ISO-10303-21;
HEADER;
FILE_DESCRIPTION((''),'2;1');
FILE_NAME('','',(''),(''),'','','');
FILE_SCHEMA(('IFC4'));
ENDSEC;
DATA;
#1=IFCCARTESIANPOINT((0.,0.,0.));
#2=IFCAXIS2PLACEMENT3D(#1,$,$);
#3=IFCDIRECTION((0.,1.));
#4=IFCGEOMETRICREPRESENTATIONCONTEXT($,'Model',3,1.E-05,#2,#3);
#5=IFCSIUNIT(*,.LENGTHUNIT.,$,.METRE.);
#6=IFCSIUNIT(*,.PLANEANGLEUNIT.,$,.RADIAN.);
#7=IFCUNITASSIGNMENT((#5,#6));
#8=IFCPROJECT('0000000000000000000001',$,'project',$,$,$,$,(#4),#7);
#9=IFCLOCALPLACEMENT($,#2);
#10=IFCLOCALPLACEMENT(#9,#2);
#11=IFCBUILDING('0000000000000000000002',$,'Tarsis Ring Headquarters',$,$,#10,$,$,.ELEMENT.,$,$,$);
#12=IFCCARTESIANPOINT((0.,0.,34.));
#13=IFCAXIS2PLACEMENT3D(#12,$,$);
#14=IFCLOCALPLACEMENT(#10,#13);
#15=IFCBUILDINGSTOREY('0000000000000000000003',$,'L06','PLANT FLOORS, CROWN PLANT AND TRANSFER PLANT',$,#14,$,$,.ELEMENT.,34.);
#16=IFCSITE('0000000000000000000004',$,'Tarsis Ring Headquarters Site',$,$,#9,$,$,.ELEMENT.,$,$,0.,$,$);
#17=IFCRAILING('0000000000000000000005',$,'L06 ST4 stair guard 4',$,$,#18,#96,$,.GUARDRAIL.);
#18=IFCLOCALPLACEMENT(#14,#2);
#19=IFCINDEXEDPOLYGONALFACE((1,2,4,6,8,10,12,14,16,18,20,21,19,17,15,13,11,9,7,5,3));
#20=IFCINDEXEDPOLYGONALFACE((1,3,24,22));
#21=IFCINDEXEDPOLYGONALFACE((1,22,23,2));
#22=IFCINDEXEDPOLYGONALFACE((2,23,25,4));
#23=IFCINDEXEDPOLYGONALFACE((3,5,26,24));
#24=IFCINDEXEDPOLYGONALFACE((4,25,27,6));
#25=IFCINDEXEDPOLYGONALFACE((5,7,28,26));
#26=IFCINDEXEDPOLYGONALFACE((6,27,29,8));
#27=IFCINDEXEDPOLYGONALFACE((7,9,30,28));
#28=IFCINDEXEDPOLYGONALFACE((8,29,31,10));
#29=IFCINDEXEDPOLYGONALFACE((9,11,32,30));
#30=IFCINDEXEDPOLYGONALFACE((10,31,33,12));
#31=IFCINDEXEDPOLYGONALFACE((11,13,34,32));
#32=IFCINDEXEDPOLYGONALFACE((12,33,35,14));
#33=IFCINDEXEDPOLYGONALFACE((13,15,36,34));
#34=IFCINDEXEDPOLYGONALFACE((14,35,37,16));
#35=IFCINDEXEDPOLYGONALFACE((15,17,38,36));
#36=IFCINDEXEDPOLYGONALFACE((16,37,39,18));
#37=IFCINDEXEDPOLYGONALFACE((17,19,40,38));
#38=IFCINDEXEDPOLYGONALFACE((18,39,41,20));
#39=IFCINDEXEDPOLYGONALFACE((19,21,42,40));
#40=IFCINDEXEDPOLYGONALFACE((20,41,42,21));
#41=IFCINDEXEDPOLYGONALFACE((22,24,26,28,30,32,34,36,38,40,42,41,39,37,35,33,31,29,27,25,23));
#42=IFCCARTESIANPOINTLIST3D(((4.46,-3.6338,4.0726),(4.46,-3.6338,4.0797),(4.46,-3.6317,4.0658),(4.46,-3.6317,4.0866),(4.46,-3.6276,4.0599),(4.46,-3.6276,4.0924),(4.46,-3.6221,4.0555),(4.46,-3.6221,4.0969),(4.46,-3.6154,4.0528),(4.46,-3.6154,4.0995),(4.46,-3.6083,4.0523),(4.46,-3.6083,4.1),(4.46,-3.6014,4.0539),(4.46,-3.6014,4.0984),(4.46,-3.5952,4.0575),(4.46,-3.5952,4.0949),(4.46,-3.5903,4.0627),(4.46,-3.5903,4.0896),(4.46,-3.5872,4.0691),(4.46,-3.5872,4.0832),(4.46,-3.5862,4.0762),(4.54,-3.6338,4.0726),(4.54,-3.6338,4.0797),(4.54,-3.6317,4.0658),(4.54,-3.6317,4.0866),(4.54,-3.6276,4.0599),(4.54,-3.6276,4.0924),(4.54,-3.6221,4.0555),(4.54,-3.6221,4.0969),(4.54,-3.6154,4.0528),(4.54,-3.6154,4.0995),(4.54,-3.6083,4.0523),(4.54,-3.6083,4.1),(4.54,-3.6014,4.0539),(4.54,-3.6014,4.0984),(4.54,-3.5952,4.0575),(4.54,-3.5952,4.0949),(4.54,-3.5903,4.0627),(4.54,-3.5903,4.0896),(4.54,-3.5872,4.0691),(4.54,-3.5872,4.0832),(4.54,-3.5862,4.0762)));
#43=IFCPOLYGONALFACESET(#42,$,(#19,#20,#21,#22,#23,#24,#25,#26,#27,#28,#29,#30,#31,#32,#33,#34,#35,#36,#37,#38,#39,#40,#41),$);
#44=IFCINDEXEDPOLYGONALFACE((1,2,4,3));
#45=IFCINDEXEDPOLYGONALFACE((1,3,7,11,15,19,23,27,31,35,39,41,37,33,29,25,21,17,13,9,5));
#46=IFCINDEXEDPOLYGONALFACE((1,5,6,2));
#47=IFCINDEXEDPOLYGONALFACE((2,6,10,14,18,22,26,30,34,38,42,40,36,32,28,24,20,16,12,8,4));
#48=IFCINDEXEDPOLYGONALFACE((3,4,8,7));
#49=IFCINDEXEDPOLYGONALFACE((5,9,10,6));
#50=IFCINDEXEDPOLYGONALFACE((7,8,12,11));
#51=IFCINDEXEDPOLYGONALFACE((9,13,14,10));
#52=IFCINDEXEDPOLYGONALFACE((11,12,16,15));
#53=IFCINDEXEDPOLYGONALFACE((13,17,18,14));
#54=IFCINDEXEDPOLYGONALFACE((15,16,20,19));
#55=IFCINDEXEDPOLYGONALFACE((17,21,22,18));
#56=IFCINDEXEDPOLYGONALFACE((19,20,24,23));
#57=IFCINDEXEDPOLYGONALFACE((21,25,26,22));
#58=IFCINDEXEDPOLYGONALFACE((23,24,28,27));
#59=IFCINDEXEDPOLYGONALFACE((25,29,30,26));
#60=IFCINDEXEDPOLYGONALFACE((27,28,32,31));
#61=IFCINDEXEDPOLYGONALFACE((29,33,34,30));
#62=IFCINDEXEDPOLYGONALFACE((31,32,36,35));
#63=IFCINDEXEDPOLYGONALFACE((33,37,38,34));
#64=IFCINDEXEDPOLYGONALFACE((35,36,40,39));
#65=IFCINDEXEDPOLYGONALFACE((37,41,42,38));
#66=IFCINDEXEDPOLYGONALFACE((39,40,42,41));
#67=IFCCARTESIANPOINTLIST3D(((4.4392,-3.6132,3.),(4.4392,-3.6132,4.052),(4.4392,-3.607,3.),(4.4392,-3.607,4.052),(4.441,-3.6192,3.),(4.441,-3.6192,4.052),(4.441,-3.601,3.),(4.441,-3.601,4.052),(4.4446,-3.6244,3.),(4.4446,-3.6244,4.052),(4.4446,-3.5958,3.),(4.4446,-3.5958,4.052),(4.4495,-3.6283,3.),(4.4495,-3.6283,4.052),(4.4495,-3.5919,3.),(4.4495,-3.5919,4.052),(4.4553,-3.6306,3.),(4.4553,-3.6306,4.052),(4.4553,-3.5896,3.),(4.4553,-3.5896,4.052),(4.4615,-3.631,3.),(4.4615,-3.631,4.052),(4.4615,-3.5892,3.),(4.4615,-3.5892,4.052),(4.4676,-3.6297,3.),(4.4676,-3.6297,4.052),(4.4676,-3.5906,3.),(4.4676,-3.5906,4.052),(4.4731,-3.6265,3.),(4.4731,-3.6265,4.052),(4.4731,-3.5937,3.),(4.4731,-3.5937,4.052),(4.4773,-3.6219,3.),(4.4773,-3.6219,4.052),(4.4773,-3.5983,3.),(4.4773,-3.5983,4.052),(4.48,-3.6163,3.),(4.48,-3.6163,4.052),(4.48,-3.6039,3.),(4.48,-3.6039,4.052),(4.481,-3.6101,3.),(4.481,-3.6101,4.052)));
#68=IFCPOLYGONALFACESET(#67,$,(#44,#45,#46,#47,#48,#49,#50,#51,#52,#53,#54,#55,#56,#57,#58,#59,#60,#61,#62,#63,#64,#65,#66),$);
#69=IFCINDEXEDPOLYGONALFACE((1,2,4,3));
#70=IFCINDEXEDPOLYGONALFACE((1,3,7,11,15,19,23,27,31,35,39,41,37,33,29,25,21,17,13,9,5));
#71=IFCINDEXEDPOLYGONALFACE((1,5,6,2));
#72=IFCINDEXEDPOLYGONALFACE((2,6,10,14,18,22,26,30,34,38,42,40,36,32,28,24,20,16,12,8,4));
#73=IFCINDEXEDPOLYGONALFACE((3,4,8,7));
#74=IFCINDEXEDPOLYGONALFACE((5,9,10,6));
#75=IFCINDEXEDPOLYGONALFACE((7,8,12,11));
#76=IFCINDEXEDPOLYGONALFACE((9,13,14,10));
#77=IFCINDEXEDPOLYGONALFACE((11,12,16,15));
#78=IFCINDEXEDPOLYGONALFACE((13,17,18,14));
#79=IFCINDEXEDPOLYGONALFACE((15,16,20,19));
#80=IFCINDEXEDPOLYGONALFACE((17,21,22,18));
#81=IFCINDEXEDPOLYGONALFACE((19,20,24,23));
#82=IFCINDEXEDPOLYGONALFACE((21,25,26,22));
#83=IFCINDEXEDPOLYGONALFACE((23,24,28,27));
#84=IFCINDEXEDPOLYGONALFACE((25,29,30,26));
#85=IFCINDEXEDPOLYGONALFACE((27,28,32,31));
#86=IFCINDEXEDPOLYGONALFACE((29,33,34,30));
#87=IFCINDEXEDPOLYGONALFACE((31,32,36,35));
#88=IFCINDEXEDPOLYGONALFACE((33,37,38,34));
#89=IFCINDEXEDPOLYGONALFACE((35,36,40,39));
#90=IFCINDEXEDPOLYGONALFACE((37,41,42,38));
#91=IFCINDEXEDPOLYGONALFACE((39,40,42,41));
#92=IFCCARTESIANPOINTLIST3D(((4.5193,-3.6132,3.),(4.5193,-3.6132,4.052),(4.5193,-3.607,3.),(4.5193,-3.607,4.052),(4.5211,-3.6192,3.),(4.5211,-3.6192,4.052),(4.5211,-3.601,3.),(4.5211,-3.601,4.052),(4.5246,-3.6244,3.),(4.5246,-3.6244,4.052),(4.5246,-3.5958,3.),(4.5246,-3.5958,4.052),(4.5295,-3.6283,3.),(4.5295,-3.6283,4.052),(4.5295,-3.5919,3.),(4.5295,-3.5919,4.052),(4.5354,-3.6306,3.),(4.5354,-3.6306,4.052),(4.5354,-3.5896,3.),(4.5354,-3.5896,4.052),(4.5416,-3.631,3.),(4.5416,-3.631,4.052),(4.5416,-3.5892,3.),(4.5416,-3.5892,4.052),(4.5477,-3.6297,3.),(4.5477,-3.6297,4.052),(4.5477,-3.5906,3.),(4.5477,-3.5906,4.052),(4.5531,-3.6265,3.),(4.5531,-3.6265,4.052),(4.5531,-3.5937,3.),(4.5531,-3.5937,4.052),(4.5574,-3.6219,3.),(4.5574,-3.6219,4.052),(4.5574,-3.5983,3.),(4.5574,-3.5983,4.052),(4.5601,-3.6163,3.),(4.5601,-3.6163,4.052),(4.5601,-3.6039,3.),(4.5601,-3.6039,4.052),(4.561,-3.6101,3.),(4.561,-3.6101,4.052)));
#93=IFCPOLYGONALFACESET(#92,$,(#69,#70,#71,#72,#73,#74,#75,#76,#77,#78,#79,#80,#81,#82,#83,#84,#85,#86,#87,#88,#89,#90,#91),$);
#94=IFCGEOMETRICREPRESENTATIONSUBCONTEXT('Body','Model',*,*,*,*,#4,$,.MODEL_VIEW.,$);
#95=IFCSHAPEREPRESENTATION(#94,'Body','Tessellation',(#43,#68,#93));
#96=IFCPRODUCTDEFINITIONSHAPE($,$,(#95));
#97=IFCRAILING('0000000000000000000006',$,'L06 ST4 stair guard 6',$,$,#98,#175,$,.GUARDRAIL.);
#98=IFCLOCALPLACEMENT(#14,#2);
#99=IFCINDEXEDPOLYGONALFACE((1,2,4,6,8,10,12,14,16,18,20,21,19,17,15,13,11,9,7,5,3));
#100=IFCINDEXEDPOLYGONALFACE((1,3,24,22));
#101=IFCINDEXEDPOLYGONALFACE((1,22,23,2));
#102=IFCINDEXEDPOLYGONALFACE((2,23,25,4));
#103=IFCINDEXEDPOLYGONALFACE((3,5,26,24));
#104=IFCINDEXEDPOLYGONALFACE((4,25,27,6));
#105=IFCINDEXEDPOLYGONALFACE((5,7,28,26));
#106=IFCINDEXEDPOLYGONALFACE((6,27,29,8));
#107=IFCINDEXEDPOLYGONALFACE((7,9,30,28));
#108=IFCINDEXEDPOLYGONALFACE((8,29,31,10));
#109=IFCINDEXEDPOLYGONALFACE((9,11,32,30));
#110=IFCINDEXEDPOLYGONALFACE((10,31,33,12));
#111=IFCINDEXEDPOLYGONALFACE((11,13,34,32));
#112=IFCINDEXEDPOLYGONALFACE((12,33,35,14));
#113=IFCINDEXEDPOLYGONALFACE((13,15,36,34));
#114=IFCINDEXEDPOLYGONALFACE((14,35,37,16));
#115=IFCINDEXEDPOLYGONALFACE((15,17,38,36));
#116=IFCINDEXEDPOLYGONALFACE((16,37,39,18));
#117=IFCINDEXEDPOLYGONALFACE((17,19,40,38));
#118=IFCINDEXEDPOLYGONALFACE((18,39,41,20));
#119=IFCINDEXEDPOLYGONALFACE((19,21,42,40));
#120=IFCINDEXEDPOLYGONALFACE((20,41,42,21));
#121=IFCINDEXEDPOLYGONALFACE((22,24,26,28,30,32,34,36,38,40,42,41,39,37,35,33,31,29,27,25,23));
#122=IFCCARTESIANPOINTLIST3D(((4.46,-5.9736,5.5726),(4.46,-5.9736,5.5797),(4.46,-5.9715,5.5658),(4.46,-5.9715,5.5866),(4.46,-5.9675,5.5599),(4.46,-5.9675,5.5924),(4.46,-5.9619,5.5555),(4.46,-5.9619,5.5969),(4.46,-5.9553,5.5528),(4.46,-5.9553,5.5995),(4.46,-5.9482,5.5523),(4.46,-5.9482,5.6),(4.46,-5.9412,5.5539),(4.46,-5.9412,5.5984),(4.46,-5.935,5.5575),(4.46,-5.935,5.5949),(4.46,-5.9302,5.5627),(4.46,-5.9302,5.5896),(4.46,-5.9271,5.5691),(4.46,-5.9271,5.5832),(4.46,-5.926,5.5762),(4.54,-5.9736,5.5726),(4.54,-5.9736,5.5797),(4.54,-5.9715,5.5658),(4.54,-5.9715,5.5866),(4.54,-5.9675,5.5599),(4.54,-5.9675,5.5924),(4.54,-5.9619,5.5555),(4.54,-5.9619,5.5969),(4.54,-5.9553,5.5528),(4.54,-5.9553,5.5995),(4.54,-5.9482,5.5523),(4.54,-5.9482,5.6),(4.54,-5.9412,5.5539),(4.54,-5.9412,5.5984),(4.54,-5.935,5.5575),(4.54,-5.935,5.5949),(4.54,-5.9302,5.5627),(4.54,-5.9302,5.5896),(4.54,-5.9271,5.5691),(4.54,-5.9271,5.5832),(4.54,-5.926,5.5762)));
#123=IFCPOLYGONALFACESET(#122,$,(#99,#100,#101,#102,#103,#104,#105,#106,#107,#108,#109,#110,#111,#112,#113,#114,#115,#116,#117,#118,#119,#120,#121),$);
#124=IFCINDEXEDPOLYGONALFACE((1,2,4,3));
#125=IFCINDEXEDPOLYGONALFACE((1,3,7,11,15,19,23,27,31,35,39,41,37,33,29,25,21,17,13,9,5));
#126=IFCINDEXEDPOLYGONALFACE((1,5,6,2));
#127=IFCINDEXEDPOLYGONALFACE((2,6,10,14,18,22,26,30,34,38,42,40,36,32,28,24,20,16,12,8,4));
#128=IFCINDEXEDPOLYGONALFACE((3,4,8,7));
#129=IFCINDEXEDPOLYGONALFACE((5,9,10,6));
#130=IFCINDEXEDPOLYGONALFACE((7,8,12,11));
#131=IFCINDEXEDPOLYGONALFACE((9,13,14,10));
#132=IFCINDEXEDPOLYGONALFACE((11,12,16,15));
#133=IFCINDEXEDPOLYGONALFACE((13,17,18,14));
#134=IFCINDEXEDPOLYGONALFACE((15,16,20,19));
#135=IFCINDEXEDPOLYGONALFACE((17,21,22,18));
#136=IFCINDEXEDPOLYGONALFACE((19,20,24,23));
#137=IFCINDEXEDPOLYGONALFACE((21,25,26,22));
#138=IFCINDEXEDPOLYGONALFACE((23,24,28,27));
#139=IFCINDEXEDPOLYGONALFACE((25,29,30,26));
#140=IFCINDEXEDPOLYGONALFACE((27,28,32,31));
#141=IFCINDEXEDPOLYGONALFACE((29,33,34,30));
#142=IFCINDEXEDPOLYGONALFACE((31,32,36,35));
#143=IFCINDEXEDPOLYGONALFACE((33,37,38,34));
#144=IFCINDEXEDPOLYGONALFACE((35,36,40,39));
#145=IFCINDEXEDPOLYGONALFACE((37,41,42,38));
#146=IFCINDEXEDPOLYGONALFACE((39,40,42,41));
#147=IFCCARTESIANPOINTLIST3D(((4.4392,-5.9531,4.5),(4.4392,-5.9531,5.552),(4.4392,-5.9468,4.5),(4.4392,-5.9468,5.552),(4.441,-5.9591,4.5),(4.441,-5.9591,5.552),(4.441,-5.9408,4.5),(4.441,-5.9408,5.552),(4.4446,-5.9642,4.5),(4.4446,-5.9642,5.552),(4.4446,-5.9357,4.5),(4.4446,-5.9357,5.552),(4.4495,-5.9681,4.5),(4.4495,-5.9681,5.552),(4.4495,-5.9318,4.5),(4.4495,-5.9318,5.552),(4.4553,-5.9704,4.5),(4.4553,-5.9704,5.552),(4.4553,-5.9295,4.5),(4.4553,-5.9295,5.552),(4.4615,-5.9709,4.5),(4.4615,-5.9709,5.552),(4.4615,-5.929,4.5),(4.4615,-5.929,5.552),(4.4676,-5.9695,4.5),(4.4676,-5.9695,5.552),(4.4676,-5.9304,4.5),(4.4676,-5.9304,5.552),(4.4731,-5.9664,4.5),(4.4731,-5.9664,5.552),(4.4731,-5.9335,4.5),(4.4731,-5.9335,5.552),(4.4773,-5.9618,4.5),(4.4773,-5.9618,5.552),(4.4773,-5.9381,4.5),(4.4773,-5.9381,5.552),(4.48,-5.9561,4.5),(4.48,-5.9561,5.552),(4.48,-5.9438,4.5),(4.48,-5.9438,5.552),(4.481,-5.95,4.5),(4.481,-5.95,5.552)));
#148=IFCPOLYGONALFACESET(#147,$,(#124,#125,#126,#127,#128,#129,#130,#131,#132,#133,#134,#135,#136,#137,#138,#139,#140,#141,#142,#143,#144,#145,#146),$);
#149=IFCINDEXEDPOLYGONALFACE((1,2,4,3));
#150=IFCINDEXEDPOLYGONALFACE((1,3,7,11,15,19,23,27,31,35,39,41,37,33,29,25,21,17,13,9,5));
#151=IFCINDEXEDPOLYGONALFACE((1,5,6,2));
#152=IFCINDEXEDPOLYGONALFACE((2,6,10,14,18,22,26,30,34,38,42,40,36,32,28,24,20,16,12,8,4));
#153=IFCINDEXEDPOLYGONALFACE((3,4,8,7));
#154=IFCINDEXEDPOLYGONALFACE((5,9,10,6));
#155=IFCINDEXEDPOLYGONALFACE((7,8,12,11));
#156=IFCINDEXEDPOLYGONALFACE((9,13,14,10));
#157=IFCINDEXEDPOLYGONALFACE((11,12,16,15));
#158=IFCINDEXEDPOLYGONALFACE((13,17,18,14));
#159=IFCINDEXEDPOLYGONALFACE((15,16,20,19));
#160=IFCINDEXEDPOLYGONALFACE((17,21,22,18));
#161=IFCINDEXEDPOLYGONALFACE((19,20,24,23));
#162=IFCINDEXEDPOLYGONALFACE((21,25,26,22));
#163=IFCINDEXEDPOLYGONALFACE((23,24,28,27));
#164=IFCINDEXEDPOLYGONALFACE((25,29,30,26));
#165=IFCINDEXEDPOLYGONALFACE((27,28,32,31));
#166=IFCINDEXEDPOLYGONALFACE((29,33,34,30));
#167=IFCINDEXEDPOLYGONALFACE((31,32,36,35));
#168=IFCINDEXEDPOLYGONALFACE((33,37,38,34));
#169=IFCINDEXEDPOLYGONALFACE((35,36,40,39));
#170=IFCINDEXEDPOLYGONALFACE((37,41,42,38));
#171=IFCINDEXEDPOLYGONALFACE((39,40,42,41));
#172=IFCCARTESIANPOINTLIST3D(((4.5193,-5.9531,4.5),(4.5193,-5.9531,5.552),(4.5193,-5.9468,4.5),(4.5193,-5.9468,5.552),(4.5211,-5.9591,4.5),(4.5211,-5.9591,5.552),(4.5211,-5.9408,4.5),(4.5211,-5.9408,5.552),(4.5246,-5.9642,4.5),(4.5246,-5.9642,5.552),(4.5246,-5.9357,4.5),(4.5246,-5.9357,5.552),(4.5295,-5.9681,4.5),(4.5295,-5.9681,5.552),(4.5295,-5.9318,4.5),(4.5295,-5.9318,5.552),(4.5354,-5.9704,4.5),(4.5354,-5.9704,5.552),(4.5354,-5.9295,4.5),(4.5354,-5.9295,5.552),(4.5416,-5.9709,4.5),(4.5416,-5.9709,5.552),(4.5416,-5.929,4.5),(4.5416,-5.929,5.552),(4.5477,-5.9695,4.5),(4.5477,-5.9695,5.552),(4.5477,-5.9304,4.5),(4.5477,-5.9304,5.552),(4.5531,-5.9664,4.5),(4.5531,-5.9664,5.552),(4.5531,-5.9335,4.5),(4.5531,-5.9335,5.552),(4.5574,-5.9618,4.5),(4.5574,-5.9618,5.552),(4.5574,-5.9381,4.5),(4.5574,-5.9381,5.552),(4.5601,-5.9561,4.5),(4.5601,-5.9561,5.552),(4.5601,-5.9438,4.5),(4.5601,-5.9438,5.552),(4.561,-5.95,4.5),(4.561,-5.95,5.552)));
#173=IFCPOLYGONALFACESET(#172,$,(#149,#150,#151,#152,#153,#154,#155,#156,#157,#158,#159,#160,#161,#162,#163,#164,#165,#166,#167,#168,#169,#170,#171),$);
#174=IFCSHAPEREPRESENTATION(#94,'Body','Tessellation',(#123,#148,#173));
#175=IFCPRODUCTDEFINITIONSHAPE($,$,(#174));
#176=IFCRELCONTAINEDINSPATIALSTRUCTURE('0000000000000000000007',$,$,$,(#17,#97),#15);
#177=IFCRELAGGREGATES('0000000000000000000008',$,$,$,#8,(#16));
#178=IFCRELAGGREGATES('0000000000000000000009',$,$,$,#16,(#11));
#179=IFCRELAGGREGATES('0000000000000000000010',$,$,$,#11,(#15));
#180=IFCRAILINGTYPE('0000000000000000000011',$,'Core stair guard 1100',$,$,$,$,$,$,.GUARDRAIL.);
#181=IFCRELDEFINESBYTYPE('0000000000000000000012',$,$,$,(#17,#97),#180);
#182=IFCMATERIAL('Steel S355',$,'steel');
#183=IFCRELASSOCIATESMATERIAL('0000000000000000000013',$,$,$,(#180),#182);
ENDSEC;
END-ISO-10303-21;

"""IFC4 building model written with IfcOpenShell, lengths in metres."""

from ifc_helpers import new_model, si_unit, direction, frame, origin, origin_2d, place, context, subcontext, project, spatial, circle, extrude, material, type_object, element, save


model = new_model("IFC4")

# Units and contexts
model_context = context("Model", 3, precision=1e-05, world=origin(), true_north=direction((0.0, 1.0)))
body_context = subcontext(model_context, "Body", "Model", "MODEL_VIEW")
ifc_project = project(units=[si_unit("LENGTHUNIT", "METRE"), si_unit("PLANEANGLEUNIT", "RADIAN")], contexts=[model_context])

# Site, building, storey
site_placement = place(None, origin())
site = spatial("IfcSite", under=ifc_project, at=site_placement, Name="Tarsis Ring Headquarters Site", CompositionType="ELEMENT", RefElevation=0.0)
building_placement = place(site_placement, origin())
building = spatial("IfcBuilding", under=site, at=building_placement, Name="Tarsis Ring Headquarters", CompositionType="ELEMENT")
storey_placement = place(building_placement, frame((0.0, 0.0, 34.0)))
storey = spatial("IfcBuildingStorey", under=building, at=storey_placement, Name="L06", Description="PLANT FLOORS, CROWN PLANT AND TRANSFER PLANT", CompositionType="ELEMENT", Elevation=34.0)

# Railings
ifc_material_1 = material(Name="Steel S355", Category="steel")
railing_type_1 = type_object("IfcRailingType", Name="Core stair guard 1100", PredefinedType="GUARDRAIL", material=ifc_material_1)
for number, where, name in (
    (1, (4.46, -3.6101, 3.0), "L06 ST4 stair guard 4"),
    (2, (4.46, -5.95, 4.5), "L06 ST4 stair guard 6"),
):
    element("IfcRailing", number, at=place(storey_placement, frame(where)), inside=storey, type_object=railing_type_1, Name=name, PredefinedType="GUARDRAIL", context=body_context, shape_type="SweptSolid", body=[
        extrude(circle(Radius=0.0239, at=origin_2d()), frame((0.0, 0.0, 1.0762), z_axis=(1.0, 0.0, 0.0), x_axis=(0.0, 1.0, 0.0)), (0.0, 0.0, 1.0), 0.0801),
        extrude(circle(Radius=0.021, at=origin_2d()), origin(), (0.0, 0.0, 1.0), 1.052),
        extrude(circle(Radius=0.021, at=origin_2d()), frame((0.0801, 0.0, 0.0)), (0.0, 0.0, 1.0), 1.052),
    ])

save(model, "model.ifc")
